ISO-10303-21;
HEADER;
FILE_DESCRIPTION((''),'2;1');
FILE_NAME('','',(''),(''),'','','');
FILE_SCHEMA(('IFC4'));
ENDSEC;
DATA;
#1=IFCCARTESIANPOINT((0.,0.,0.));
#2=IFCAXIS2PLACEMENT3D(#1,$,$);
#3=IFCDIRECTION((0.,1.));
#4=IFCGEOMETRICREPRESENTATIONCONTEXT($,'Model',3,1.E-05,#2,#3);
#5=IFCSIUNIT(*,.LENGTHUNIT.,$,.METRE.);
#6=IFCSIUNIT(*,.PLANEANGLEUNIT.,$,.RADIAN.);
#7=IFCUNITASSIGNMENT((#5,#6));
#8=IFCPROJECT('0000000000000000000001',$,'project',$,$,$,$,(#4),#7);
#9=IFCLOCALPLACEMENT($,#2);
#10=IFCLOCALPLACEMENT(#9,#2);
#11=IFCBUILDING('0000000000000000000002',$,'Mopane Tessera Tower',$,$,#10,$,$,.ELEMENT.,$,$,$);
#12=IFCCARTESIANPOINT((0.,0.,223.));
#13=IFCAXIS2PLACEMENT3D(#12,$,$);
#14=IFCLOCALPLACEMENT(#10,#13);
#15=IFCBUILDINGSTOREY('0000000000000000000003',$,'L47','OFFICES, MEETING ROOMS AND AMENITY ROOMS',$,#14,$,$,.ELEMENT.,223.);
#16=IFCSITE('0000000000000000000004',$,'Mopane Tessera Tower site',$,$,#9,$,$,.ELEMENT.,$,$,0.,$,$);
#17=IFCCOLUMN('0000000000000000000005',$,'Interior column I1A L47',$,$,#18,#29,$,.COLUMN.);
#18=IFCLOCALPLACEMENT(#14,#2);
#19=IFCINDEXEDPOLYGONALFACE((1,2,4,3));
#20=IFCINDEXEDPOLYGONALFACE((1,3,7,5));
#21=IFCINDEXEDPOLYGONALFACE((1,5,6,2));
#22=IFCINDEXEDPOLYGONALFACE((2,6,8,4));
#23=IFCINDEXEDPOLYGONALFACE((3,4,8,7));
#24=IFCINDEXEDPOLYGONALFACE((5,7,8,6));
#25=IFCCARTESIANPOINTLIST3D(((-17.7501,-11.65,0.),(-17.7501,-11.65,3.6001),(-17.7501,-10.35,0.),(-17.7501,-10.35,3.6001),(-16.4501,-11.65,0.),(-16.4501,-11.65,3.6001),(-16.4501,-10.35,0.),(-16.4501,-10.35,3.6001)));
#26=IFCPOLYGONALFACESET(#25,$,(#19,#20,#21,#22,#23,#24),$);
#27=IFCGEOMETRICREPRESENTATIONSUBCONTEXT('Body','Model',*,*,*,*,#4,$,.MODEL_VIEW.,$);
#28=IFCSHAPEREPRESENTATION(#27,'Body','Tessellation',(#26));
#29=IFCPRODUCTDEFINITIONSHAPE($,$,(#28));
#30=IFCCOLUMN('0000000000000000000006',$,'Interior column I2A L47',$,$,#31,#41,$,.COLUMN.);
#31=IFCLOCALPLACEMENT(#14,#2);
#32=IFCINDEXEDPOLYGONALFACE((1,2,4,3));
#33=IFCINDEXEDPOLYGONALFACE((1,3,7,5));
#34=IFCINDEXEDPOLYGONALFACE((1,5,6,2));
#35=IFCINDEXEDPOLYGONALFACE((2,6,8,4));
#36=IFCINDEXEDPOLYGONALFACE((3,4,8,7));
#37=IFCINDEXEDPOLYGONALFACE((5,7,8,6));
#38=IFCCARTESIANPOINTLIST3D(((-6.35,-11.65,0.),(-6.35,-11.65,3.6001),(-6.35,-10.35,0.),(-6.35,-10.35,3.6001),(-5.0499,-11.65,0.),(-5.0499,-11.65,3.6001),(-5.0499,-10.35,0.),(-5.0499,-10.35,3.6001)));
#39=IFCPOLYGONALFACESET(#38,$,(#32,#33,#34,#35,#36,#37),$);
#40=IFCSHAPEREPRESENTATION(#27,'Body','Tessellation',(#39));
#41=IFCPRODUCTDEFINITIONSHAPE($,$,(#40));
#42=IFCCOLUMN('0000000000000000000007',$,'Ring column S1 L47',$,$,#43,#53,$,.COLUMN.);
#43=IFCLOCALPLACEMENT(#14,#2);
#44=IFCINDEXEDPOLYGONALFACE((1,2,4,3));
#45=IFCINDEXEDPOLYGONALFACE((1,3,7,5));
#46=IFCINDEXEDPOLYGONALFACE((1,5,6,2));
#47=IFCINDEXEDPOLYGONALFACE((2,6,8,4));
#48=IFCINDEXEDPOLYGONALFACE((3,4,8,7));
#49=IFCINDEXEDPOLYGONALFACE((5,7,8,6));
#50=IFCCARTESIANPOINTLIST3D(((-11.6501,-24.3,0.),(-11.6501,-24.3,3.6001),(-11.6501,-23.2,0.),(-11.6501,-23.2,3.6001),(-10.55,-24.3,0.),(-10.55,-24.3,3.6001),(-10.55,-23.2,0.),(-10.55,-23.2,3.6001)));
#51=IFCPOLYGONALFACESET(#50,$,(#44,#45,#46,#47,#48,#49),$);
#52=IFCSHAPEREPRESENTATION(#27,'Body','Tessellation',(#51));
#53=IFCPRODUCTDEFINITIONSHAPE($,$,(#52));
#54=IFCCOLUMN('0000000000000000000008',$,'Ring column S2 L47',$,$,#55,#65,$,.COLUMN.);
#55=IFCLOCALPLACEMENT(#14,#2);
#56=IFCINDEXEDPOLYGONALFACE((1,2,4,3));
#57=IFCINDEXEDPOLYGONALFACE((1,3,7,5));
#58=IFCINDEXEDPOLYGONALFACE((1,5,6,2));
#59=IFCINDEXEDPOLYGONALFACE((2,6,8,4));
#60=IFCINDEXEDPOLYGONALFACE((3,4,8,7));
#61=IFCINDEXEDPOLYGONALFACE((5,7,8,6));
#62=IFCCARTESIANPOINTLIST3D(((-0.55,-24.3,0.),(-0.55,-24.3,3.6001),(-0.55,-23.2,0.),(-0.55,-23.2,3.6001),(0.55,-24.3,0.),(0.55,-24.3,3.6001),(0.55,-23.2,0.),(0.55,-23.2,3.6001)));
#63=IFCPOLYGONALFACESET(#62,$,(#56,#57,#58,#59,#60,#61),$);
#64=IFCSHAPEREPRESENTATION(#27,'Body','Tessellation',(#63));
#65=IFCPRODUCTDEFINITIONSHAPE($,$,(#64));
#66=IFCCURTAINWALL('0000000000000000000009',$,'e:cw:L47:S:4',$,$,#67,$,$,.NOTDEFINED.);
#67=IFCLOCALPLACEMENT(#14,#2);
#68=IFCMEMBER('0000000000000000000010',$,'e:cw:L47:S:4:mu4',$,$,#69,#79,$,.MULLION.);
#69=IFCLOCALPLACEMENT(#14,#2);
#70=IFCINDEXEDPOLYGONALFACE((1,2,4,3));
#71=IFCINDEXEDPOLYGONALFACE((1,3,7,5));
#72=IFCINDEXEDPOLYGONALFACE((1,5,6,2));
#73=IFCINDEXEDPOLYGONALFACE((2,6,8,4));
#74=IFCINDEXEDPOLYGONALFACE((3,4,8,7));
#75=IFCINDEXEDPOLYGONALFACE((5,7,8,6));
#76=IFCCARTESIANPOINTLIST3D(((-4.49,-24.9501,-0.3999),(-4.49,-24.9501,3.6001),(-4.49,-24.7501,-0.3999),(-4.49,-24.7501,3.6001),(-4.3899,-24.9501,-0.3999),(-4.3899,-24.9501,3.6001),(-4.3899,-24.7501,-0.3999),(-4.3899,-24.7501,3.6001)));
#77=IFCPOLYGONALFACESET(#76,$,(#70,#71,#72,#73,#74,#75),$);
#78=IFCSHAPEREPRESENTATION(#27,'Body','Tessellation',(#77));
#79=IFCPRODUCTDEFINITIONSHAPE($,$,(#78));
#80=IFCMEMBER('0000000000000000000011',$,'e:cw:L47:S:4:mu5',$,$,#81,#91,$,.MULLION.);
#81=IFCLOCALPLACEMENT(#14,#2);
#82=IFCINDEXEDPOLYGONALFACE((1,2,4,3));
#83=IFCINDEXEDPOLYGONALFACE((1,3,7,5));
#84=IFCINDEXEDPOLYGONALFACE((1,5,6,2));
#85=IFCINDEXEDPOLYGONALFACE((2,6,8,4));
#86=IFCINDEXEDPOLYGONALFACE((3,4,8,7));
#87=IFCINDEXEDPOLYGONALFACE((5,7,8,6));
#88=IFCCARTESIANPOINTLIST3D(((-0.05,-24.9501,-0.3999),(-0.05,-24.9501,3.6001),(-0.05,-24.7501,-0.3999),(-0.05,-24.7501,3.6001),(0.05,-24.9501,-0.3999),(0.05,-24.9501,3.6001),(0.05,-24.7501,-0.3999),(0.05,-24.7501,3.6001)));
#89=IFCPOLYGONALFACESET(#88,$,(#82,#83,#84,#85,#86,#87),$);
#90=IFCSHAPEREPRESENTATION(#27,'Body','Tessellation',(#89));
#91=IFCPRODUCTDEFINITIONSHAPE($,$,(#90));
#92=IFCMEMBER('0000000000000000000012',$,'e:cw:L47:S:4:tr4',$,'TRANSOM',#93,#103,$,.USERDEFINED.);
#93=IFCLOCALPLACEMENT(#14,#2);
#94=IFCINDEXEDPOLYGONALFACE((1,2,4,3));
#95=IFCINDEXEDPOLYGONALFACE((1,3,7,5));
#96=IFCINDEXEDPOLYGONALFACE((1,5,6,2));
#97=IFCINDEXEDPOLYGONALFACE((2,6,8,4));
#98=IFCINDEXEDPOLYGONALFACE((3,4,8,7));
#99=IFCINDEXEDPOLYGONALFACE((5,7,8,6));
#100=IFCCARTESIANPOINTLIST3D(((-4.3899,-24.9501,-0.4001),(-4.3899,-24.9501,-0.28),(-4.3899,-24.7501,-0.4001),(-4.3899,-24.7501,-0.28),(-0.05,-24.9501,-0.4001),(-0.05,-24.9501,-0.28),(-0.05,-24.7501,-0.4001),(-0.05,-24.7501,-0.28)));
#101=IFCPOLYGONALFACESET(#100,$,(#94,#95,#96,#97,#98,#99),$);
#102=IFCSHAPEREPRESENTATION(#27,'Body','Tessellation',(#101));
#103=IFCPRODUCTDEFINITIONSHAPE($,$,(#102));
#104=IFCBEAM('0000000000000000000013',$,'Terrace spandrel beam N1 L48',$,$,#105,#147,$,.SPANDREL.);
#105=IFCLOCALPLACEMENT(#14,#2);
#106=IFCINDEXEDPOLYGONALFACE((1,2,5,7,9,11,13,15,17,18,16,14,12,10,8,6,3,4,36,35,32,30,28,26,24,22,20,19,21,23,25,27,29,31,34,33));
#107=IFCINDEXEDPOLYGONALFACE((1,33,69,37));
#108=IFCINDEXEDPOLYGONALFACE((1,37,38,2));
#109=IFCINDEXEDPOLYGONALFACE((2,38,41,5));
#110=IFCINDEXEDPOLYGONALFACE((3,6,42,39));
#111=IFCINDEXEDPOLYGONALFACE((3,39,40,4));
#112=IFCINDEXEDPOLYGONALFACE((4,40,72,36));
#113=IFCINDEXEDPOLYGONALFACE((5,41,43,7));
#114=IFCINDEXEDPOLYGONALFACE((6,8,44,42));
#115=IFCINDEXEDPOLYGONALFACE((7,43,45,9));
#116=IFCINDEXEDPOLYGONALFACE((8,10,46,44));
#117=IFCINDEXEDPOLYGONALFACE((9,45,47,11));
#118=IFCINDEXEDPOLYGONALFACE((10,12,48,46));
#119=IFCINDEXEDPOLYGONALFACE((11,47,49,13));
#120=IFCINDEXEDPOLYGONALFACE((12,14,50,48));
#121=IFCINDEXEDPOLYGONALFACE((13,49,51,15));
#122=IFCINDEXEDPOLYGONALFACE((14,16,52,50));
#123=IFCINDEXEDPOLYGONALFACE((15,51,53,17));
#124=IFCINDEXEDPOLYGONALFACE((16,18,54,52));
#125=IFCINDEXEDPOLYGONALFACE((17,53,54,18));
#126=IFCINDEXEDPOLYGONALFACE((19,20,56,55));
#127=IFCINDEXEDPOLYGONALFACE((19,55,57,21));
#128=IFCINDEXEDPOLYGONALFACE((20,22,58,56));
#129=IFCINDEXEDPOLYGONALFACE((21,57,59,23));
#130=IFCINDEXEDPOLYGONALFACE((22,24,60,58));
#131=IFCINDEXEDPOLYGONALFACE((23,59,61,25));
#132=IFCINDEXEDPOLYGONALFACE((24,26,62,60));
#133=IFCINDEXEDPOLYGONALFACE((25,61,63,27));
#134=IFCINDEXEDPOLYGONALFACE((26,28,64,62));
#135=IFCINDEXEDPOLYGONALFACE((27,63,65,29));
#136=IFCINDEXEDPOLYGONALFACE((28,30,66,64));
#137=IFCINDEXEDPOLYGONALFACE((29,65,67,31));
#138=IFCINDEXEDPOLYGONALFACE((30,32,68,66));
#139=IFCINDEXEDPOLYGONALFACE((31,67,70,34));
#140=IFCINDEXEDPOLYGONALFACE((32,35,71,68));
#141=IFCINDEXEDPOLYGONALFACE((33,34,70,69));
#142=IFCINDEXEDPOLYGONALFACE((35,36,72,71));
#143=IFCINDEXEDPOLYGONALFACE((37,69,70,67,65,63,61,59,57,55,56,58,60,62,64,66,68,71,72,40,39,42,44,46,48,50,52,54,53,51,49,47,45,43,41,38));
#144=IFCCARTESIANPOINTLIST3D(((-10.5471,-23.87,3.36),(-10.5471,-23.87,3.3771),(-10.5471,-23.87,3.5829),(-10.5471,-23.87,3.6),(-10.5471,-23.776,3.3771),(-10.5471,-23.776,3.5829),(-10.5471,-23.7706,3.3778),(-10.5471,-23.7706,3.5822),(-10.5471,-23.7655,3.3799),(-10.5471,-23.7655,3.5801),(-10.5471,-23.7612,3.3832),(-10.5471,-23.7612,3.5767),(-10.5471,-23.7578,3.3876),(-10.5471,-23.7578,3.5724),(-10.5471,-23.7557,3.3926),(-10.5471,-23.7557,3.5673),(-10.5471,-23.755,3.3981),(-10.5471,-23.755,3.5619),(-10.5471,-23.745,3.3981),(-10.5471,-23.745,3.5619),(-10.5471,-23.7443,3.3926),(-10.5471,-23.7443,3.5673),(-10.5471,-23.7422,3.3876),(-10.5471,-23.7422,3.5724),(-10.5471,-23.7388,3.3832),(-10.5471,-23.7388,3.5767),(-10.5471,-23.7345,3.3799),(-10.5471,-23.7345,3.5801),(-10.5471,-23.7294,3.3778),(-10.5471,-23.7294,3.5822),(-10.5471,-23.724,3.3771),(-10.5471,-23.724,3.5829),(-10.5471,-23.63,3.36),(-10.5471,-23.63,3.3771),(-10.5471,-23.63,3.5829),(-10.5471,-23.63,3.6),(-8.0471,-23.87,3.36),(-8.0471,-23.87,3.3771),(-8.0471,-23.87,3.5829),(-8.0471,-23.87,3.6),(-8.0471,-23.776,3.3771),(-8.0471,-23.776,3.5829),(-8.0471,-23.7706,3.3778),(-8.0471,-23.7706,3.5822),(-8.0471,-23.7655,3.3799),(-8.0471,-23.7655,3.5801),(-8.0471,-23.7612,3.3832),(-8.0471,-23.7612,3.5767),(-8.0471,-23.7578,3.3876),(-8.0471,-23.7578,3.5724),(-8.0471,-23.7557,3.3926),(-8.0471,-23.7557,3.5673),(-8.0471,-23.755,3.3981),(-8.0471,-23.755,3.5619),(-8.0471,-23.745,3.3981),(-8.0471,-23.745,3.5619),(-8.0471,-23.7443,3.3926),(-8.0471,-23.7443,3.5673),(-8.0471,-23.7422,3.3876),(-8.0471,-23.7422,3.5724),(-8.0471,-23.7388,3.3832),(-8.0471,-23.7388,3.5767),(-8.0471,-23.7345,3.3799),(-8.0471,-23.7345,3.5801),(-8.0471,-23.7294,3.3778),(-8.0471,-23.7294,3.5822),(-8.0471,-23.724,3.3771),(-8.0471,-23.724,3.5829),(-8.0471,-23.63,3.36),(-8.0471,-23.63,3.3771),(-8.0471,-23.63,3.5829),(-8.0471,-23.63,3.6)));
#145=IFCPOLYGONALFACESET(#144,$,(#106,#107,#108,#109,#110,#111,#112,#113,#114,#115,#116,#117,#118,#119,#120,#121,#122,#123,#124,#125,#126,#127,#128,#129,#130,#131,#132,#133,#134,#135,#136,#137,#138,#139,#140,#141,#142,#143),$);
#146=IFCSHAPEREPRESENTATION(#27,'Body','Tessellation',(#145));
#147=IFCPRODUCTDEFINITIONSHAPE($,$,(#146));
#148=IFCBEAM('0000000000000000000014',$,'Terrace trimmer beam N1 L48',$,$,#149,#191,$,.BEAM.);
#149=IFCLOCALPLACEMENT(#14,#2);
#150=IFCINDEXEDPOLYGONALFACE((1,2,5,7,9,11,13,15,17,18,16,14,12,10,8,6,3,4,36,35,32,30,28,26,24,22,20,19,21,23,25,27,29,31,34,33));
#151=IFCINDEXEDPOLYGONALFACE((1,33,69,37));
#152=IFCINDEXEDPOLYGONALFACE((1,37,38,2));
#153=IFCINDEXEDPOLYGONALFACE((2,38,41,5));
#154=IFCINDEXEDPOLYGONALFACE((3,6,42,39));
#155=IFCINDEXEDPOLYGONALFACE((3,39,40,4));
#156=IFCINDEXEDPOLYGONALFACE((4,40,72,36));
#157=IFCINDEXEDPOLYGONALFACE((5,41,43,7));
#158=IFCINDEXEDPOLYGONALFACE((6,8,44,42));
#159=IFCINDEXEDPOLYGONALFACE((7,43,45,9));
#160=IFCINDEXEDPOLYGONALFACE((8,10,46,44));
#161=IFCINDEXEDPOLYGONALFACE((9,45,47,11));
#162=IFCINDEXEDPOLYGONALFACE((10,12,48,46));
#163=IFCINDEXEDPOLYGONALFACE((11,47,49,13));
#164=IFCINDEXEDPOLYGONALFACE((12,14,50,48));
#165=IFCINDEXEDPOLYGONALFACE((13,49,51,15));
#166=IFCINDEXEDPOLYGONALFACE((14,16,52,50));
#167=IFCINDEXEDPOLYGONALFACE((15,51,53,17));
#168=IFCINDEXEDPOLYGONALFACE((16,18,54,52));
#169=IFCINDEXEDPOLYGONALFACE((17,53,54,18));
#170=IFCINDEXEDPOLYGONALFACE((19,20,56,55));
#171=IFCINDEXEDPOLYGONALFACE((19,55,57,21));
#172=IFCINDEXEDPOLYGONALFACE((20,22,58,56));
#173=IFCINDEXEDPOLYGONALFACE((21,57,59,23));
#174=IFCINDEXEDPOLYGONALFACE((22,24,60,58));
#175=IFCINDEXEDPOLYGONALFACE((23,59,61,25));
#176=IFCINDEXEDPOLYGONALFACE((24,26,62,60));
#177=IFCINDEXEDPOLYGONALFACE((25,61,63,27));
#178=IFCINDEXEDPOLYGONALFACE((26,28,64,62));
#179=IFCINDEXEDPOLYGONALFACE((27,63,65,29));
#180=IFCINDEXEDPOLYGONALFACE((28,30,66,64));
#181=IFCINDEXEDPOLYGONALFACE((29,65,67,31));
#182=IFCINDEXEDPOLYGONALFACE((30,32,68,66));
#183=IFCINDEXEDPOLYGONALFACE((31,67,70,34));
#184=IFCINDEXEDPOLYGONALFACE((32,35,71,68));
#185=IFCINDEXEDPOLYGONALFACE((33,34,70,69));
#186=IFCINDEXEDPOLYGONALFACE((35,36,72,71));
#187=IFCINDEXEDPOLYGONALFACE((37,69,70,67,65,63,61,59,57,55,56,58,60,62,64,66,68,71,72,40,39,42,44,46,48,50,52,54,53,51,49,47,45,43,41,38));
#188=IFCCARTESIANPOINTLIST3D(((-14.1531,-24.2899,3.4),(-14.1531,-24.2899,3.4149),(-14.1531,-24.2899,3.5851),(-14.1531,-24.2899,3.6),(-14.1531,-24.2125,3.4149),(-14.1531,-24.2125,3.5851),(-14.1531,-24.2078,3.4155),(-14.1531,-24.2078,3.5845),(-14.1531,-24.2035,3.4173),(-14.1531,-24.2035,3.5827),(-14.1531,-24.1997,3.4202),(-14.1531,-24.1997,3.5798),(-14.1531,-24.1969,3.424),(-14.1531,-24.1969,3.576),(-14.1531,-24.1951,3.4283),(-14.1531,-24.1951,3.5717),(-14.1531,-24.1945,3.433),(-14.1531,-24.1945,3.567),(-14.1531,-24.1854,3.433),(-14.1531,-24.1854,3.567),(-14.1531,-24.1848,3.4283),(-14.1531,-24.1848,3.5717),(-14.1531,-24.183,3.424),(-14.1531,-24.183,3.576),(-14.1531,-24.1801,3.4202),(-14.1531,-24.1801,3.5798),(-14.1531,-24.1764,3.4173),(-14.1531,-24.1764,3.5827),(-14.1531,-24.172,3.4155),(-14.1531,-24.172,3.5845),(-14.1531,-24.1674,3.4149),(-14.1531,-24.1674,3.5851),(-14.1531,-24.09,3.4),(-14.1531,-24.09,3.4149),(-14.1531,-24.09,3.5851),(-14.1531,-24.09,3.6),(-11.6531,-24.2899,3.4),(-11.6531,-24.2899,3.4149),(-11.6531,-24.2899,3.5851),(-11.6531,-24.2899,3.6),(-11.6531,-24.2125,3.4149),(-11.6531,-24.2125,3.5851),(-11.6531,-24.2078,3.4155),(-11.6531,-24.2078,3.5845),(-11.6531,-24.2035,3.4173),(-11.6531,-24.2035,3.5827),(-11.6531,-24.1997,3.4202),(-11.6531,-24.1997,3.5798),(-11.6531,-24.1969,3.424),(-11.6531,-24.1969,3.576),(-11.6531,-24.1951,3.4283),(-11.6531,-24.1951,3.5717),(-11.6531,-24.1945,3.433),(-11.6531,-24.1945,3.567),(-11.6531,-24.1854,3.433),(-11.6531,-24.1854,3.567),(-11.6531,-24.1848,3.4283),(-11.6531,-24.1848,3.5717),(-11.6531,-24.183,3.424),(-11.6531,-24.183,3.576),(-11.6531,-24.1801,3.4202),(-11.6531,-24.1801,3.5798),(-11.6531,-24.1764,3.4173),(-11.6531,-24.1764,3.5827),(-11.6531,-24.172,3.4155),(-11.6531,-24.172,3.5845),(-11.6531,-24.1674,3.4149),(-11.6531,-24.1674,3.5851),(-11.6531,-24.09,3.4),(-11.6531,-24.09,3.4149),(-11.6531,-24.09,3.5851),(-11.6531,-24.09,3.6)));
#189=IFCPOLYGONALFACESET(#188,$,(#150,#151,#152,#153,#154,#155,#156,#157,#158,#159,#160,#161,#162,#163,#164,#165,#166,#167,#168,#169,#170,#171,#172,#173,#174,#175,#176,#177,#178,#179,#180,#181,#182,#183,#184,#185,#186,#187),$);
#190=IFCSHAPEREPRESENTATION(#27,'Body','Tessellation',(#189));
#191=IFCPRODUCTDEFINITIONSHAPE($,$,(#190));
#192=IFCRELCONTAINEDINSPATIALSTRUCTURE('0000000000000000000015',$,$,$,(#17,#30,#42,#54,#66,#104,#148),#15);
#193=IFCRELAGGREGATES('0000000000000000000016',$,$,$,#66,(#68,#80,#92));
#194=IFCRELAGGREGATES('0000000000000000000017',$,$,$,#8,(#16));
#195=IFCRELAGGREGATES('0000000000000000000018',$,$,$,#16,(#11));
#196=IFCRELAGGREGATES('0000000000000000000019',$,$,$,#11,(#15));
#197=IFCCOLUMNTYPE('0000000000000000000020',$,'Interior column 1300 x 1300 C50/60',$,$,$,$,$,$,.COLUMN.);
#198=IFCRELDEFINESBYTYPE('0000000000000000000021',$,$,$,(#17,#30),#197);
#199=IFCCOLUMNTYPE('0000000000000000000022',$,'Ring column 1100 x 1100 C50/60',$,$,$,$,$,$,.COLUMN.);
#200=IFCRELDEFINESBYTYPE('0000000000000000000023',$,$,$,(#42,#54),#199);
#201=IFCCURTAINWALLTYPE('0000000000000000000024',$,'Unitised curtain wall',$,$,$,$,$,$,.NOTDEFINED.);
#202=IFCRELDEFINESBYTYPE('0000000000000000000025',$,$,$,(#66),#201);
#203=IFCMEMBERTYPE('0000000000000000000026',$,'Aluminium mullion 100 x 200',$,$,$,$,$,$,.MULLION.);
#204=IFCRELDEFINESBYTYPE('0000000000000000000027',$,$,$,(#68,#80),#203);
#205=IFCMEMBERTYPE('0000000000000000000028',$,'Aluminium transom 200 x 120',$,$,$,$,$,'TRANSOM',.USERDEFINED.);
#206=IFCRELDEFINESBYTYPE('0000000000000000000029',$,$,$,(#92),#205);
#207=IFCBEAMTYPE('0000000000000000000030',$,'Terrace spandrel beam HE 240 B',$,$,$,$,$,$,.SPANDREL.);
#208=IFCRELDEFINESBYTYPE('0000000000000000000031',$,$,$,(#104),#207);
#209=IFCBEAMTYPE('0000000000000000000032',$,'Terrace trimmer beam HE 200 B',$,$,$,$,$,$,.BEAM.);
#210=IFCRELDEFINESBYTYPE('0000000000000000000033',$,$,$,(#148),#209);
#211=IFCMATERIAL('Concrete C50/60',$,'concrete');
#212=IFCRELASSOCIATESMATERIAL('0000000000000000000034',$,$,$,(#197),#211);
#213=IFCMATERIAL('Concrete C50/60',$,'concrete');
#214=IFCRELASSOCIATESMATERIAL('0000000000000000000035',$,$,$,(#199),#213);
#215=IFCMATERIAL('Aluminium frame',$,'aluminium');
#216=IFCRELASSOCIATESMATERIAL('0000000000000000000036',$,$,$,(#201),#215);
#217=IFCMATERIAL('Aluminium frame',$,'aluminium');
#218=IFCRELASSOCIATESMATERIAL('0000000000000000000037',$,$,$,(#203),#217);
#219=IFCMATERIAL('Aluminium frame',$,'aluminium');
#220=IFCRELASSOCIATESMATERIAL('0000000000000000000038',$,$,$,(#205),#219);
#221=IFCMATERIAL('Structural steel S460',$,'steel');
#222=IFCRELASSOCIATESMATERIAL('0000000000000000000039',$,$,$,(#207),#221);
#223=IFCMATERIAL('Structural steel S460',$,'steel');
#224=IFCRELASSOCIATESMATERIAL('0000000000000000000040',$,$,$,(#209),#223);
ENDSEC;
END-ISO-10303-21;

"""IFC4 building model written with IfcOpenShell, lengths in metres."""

from ifc_helpers import new_model, si_unit, direction, frame, origin, origin_2d, place, context, subcontext, project, spatial, rectangle, i_section, extrude, material, material_profile, profile_set, type_object, element, aggregate, save


model = new_model("IFC4")

# Units and contexts
model_context = context("Model", 3, precision=1e-05, world=origin(), true_north=direction((0.0, 1.0)))
body_context = subcontext(model_context, "Body", "Model", "MODEL_VIEW")
ifc_project = project(units=[si_unit("LENGTHUNIT", "METRE"), si_unit("PLANEANGLEUNIT", "RADIAN")], contexts=[model_context])

# Site, building, storey
site_placement = place(None, origin())
site = spatial("IfcSite", under=ifc_project, at=site_placement, Name="Mopane Tessera Tower site", CompositionType="ELEMENT", RefElevation=0.0)
building_placement = place(site_placement, origin())
building = spatial("IfcBuilding", under=site, at=building_placement, Name="Mopane Tessera Tower", CompositionType="ELEMENT")
storey_placement = place(building_placement, frame((0.0, 0.0, 223.0)))
storey = spatial("IfcBuildingStorey", under=building, at=storey_placement, Name="L47", Description="OFFICES, MEETING ROOMS AND AMENITY ROOMS", CompositionType="ELEMENT", Elevation=223.0)

# Columns
ifc_material_1 = material(Name="Concrete C50/60", Category="concrete")
ifc_material_profile_1 = material_profile(ifc_material_1, rectangle(XDim=1.3, YDim=1.3, at=origin_2d()))
ifc_profile_set_1 = profile_set([ifc_material_profile_1], Name="Concrete C50/60")
column_type_1 = type_object("IfcColumnType", Name="Interior column 1300 x 1300 C50/60", PredefinedType="COLUMN", material=ifc_profile_set_1)
for number, where, z_axis, x_axis, name in (
    (1, (-17.1001, -11.0, 0.0), (0.0, 0.0, 1.0), (1.0, 0.0, 0.0), "Interior column I1A L47"),
    (2, (-5.7, -11.0, 0.0), (0.0, 0.0, 1.0), (1.0, 0.0, 0.0), "Interior column I2A L47"),
):
    element("IfcColumn", number, at=place(storey_placement, frame(where, z_axis=z_axis, x_axis=x_axis)), inside=storey, type_object=column_type_1, Name=name, PredefinedType="COLUMN", context=body_context, shape_type="SweptSolid", body=[
        extrude(rectangle(XDim=1.3, YDim=1.3, at=origin_2d()), origin(), (0.0, 0.0, 1.0), 3.6001),
    ])
ifc_material_2 = material(Name="Concrete C50/60", Category="concrete")
ifc_material_profile_2 = material_profile(ifc_material_2, rectangle(XDim=1.1001, YDim=1.1001, at=origin_2d()))
ifc_profile_set_2 = profile_set([ifc_material_profile_2], Name="Concrete C50/60")
column_type_2 = type_object("IfcColumnType", Name="Ring column 1100 x 1100 C50/60", PredefinedType="COLUMN", material=ifc_profile_set_2)
for number, where, z_axis, x_axis, name in (
    (3, (-11.1001, -23.75, 0.0), (0.0, 0.0, 1.0), (1.0, 0.0, 0.0), "Ring column S1 L47"),
    (4, (0.0, -23.75, 0.0), (0.0, 0.0, 1.0), (1.0, 0.0, 0.0), "Ring column S2 L47"),
):
    element("IfcColumn", number, at=place(storey_placement, frame(where, z_axis=z_axis, x_axis=x_axis)), inside=storey, type_object=column_type_2, Name=name, PredefinedType="COLUMN", context=body_context, shape_type="SweptSolid", body=[
        extrude(rectangle(XDim=1.1001, YDim=1.1001, at=origin_2d()), origin(), (0.0, 0.0, 1.0), 3.6001),
    ])

# Curtain wall, members
ifc_material_3 = material(Name="Aluminium frame", Category="aluminium")
curtain_wall_type = type_object("IfcCurtainWallType", Name="Unitised curtain wall", PredefinedType="NOTDEFINED", material=ifc_material_3)
curtain_wall_placement = place(storey_placement, origin())
curtain_wall = element("IfcCurtainWall", 5, at=curtain_wall_placement, inside=storey, type_object=curtain_wall_type, Name="e:cw:L47:S:4", PredefinedType="NOTDEFINED")
ifc_material_4 = material(Name="Aluminium frame", Category="aluminium")
ifc_material_profile_3 = material_profile(ifc_material_4, rectangle(XDim=0.1001, YDim=0.2, at=origin_2d()))
ifc_profile_set_3 = profile_set([ifc_material_profile_3], Name="Aluminium frame")
member_type_1 = type_object("IfcMemberType", Name="Aluminium mullion 100 x 200", PredefinedType="MULLION", material=ifc_profile_set_3)
member_1_placement = place(storey_placement, frame((-4.4399, -24.8501, -0.3999), z_axis=(0.0, 0.0, 1.0), x_axis=(1.0, 0.0, 0.0)))
member_1 = element("IfcMember", 6, at=member_1_placement, type_object=member_type_1, Name="e:cw:L47:S:4:mu4", PredefinedType="MULLION", context=body_context, shape_type="SweptSolid", body=[
    extrude(rectangle(XDim=0.1001, YDim=0.2, at=origin_2d()), origin(), (0.0, 0.0, 1.0), 4.0),
])
member_2_placement = place(storey_placement, frame((0.0, -24.8501, -0.3999), z_axis=(0.0, 0.0, 1.0), x_axis=(1.0, 0.0, 0.0)))
member_2 = element("IfcMember", 7, at=member_2_placement, type_object=member_type_1, Name="e:cw:L47:S:4:mu5", PredefinedType="MULLION", context=body_context, shape_type="SweptSolid", body=[
    extrude(rectangle(XDim=0.1001, YDim=0.2, at=origin_2d()), origin(), (0.0, 0.0, 1.0), 4.0),
])
ifc_material_5 = material(Name="Aluminium frame", Category="aluminium")
ifc_material_profile_4 = material_profile(ifc_material_5, rectangle(XDim=0.2, YDim=0.1201, at=origin_2d()))
ifc_profile_set_4 = profile_set([ifc_material_profile_4], Name="Aluminium frame")
member_type_2 = type_object("IfcMemberType", Name="Aluminium transom 200 x 120", ElementType="TRANSOM", PredefinedType="USERDEFINED", material=ifc_profile_set_4)
member_3_placement = place(storey_placement, frame((-4.3899, -24.8501, -0.3401), z_axis=(1.0, 0.0, 0.0), x_axis=(0.0, 1.0, 0.0)))
member_3 = element("IfcMember", 8, at=member_3_placement, type_object=member_type_2, Name="e:cw:L47:S:4:tr4", ObjectType="TRANSOM", PredefinedType="USERDEFINED", context=body_context, shape_type="SweptSolid", body=[
    extrude(rectangle(XDim=0.2, YDim=0.1201, at=origin_2d()), origin(), (0.0, 0.0, 1.0), 4.3398),
])

# Beams
ifc_material_6 = material(Name="Structural steel S460", Category="steel")
ifc_material_profile_5 = material_profile(ifc_material_6, i_section(OverallWidth=0.24, OverallDepth=0.24, WebThickness=0.01, FlangeThickness=0.0171, FilletRadius=0.021, at=origin_2d()))
ifc_profile_set_5 = profile_set([ifc_material_profile_5], Name="Structural steel S460")
beam_type_1 = type_object("IfcBeamType", Name="Terrace spandrel beam HE 240 B", PredefinedType="SPANDREL", material=ifc_profile_set_5)
beam_1_placement = place(storey_placement, frame((-10.5471, -23.75, 3.48), z_axis=(1.0, 0.0, 0.0), x_axis=(0.0, 1.0, 0.0)))
element("IfcBeam", 9, at=beam_1_placement, inside=storey, type_object=beam_type_1, Name="Terrace spandrel beam N1 L48", PredefinedType="SPANDREL", context=body_context, shape_type="SweptSolid", body=[
    extrude(i_section(OverallWidth=0.24, OverallDepth=0.24, WebThickness=0.01, FlangeThickness=0.0171, FilletRadius=0.021, at=origin_2d()), origin(), (0.0, 0.0, 1.0), 2.5),
])
ifc_material_7 = material(Name="Structural steel S460", Category="steel")
ifc_material_profile_6 = material_profile(ifc_material_7, i_section(OverallWidth=0.2, OverallDepth=0.2, WebThickness=0.009, FlangeThickness=0.0149, FilletRadius=0.0181, at=origin_2d()))
ifc_profile_set_6 = profile_set([ifc_material_profile_6], Name="Structural steel S460")
beam_type_2 = type_object("IfcBeamType", Name="Terrace trimmer beam HE 200 B", PredefinedType="BEAM", material=ifc_profile_set_6)
beam_2_placement = place(storey_placement, frame((-11.6531, -24.1899, 3.5), z_axis=(-1.0, 0.0, 0.0), x_axis=(0.0, -1.0, 0.0)))
element("IfcBeam", 10, at=beam_2_placement, inside=storey, type_object=beam_type_2, Name="Terrace trimmer beam N1 L48", PredefinedType="BEAM", context=body_context, shape_type="SweptSolid", body=[
    extrude(i_section(OverallWidth=0.2, OverallDepth=0.2, WebThickness=0.009, FlangeThickness=0.0149, FilletRadius=0.0181, at=origin_2d()), origin(), (0.0, 0.0, 1.0), 2.5),
])

aggregate(curtain_wall, [member_1, member_2, member_3])

save(model, "model.ifc")
